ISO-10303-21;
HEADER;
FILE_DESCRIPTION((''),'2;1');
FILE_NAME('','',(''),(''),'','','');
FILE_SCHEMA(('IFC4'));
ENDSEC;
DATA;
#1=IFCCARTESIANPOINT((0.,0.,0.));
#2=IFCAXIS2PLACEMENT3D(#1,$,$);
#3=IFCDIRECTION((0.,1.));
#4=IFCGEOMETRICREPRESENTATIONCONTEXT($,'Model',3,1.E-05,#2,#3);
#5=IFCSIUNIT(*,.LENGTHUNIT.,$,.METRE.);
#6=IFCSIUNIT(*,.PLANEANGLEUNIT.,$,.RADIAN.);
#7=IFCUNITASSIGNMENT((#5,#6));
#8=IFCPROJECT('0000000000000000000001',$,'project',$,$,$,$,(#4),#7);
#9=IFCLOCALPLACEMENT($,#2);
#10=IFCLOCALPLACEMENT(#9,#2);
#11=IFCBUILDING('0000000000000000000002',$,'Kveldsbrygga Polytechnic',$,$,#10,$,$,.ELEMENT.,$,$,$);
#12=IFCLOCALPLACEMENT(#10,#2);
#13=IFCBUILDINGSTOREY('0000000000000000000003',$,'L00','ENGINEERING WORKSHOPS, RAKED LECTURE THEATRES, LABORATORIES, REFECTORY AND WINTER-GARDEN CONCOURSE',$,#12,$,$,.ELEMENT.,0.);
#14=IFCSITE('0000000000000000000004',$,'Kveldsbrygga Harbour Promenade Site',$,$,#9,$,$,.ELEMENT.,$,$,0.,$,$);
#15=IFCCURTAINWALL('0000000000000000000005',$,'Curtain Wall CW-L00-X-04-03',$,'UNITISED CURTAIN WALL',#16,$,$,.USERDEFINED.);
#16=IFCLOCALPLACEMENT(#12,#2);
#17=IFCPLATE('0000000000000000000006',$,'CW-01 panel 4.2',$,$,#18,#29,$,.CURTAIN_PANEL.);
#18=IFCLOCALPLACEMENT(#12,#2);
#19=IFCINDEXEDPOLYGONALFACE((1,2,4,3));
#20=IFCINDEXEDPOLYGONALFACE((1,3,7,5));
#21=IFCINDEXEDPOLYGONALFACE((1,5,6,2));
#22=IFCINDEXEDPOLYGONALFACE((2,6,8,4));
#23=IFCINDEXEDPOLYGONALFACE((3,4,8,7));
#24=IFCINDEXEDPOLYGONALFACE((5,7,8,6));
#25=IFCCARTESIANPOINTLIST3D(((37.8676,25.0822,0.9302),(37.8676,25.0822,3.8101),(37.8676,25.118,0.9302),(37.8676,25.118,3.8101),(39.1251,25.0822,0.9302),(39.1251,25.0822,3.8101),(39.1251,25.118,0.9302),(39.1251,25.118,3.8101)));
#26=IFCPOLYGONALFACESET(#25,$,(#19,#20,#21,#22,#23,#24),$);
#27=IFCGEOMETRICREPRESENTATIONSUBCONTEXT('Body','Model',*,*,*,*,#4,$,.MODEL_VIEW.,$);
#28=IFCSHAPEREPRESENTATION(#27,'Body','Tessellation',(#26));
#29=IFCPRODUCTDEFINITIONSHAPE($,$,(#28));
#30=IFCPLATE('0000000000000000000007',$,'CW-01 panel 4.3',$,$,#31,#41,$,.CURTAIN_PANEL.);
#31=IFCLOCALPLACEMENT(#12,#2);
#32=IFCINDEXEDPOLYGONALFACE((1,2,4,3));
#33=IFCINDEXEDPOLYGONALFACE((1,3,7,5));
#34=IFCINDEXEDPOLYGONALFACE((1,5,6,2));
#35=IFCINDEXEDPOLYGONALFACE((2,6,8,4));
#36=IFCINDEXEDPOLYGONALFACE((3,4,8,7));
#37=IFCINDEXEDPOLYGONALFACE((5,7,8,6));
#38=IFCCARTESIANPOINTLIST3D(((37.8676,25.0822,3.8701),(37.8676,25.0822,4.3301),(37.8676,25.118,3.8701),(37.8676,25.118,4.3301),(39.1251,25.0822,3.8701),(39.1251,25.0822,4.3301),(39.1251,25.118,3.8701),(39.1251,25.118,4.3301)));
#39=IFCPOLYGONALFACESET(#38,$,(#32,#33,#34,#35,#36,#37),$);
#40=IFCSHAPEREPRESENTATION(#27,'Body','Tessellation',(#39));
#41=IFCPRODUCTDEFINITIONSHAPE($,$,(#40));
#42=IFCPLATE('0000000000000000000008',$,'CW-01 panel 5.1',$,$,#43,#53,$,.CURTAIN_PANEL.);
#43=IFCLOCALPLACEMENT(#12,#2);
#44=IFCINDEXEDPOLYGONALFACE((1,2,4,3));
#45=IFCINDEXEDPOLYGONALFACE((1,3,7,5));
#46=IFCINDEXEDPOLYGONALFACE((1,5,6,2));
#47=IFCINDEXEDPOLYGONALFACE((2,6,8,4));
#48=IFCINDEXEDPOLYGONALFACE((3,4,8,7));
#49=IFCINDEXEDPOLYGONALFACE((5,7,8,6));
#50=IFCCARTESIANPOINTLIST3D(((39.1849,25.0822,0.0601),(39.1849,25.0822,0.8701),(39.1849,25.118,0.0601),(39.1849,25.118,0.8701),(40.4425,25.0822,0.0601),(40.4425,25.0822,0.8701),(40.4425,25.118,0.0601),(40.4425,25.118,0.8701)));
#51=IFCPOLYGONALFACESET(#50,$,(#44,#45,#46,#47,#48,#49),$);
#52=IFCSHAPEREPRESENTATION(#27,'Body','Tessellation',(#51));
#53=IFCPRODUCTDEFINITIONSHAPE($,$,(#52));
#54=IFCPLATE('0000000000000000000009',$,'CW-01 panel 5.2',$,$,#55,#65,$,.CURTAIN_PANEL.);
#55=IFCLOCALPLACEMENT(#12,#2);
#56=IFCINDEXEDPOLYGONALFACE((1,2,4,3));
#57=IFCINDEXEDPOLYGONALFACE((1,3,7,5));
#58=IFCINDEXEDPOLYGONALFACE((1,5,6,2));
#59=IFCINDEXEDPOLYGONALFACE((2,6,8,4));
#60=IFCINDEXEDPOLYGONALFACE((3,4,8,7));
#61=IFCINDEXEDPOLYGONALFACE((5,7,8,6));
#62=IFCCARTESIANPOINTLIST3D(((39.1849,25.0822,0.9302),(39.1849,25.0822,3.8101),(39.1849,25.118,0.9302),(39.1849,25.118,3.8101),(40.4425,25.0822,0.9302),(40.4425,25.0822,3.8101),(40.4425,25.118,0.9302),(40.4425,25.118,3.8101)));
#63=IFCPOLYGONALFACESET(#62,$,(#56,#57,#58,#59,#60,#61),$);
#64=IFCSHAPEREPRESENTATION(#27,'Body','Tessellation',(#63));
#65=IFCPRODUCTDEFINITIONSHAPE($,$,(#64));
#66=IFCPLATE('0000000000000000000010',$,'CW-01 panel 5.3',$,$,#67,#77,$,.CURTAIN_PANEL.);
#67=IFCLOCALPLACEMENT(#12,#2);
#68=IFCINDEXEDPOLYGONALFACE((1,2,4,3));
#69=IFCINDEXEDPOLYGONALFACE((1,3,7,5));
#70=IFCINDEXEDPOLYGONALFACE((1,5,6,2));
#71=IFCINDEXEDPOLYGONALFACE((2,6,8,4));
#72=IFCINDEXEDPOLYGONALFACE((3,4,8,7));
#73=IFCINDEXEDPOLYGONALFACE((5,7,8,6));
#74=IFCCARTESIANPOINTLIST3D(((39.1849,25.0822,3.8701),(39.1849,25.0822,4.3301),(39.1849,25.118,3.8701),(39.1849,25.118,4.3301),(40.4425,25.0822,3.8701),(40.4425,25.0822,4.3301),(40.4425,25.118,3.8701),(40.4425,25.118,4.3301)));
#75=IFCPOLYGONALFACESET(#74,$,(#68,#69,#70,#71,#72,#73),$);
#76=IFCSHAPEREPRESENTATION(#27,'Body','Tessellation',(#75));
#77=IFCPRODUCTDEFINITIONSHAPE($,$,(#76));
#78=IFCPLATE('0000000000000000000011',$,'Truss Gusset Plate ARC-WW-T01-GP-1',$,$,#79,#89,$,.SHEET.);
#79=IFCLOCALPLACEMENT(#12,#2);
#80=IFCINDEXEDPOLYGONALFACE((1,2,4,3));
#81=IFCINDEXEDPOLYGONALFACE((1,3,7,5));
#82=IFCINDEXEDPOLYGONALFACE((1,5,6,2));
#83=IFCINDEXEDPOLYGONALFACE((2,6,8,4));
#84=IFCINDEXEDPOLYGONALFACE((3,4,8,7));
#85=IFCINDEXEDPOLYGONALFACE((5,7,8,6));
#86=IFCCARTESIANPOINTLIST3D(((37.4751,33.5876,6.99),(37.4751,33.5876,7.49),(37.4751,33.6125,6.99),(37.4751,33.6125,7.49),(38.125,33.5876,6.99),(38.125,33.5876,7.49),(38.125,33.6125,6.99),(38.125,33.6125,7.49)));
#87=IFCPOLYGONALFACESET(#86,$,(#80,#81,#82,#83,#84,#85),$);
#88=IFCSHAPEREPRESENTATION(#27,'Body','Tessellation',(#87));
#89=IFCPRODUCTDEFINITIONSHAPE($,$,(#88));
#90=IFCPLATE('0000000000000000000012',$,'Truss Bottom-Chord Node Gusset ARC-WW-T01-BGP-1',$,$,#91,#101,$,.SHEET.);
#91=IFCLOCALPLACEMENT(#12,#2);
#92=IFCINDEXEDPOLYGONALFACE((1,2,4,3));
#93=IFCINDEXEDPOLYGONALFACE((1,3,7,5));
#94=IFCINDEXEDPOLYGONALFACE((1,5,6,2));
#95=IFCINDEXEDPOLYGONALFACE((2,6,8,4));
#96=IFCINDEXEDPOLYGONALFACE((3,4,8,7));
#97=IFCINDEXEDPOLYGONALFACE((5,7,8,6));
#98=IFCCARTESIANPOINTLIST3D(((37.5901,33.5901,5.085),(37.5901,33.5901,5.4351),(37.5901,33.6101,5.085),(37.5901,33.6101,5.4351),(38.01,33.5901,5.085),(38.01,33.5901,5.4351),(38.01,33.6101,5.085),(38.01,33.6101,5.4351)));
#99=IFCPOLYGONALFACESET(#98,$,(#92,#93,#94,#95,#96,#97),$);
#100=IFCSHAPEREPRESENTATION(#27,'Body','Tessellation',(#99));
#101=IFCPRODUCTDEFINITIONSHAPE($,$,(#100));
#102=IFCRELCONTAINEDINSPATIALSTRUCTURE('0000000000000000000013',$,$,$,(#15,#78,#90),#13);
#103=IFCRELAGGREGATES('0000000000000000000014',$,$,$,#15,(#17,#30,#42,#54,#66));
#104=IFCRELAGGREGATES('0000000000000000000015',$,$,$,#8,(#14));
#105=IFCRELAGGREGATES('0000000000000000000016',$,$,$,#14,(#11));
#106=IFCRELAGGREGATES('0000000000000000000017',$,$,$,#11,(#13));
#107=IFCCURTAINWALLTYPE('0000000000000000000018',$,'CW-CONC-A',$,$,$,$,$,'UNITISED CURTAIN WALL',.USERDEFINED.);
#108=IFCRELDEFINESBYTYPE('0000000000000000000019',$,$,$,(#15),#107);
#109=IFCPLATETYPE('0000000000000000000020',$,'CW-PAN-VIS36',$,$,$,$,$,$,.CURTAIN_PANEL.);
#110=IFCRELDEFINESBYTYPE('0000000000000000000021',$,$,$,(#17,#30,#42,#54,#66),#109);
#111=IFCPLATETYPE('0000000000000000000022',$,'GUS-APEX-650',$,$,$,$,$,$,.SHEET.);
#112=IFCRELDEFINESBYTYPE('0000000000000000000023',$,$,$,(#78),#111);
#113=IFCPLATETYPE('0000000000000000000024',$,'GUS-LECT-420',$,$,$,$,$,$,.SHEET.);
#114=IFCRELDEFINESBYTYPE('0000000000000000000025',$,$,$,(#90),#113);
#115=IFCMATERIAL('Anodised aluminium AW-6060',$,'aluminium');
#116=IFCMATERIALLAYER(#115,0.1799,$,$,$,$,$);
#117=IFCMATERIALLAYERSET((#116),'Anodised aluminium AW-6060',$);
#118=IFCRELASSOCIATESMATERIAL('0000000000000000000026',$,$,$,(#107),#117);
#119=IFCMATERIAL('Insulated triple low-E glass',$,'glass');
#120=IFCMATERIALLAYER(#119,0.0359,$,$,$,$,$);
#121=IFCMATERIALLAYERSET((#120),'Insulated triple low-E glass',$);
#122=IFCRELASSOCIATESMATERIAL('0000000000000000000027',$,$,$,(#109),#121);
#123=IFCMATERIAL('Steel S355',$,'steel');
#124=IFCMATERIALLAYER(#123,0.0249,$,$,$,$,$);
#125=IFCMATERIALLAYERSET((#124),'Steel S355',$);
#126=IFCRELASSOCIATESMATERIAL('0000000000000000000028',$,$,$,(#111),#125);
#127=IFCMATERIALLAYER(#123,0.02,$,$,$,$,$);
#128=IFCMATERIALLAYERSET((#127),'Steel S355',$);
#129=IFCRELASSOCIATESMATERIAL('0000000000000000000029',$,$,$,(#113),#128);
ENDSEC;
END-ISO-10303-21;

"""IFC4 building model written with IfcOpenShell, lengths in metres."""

from ifc_helpers import new_model, si_unit, direction, frame, origin, origin_2d, place, context, subcontext, project, spatial, rectangle, extrude, material, layer, layer_set, type_object, element, aggregate, save


model = new_model("IFC4")

# Units and contexts
model_context = context("Model", 3, precision=1e-05, world=origin(), true_north=direction((0.0, 1.0)))
body_context = subcontext(model_context, "Body", "Model", "MODEL_VIEW")
ifc_project = project(units=[si_unit("LENGTHUNIT", "METRE"), si_unit("PLANEANGLEUNIT", "RADIAN")], contexts=[model_context])

# Site, building, storey
site_placement = place(None, origin())
site = spatial("IfcSite", under=ifc_project, at=site_placement, Name="Kveldsbrygga Harbour Promenade Site", CompositionType="ELEMENT", RefElevation=0.0)
building_placement = place(site_placement, origin())
building = spatial("IfcBuilding", under=site, at=building_placement, Name="Kveldsbrygga Polytechnic", CompositionType="ELEMENT")
storey_placement = place(building_placement, origin())
storey = spatial("IfcBuildingStorey", under=building, at=storey_placement, Name="L00", Description="ENGINEERING WORKSHOPS, RAKED LECTURE THEATRES, LABORATORIES, REFECTORY AND WINTER-GARDEN CONCOURSE", CompositionType="ELEMENT", Elevation=0.0)

# Curtain wall
ifc_material_1 = material(Name="Anodised aluminium AW-6060", Category="aluminium")
ifc_layer_1 = layer(ifc_material_1, 0.1799)
ifc_layer_set_1 = layer_set([ifc_layer_1], Name="Anodised aluminium AW-6060")
curtain_wall_type = type_object("IfcCurtainWallType", Name="CW-CONC-A", ElementType="UNITISED CURTAIN WALL", PredefinedType="USERDEFINED", material=ifc_layer_set_1)
curtain_wall_placement = place(storey_placement, origin())
curtain_wall = element("IfcCurtainWall", 1, at=curtain_wall_placement, inside=storey, type_object=curtain_wall_type, Name="Curtain Wall CW-L00-X-04-03", ObjectType="UNITISED CURTAIN WALL", PredefinedType="USERDEFINED")

# Shared definitions
ifc_material_2 = material(Name="Steel S355", Category="steel")

# Plates
ifc_material_3 = material(Name="Insulated triple low-E glass", Category="glass")
ifc_layer_2 = layer(ifc_material_3, 0.0359)
ifc_layer_set_2 = layer_set([ifc_layer_2], Name="Insulated triple low-E glass")
plate_type_1 = type_object("IfcPlateType", Name="CW-PAN-VIS36", PredefinedType="CURTAIN_PANEL", material=ifc_layer_set_2)
plate_1_placement = place(storey_placement, frame((38.4963, 25.1001, 0.9302), z_axis=(0.0, 0.0, 1.0), x_axis=(1.0, 0.0, 0.0)))
plate_1 = element("IfcPlate", 2, at=plate_1_placement, type_object=plate_type_1, Name="CW-01 panel 4.2", PredefinedType="CURTAIN_PANEL", context=body_context, shape_type="SweptSolid", body=[
    extrude(rectangle(XDim=1.2576, YDim=0.0359, at=origin_2d()), origin(), (0.0, 0.0, 1.0), 2.8799),
])
plate_2_placement = place(storey_placement, frame((38.4963, 25.1001, 3.8701), z_axis=(0.0, 0.0, 1.0), x_axis=(1.0, 0.0, 0.0)))
plate_2 = element("IfcPlate", 3, at=plate_2_placement, type_object=plate_type_1, Name="CW-01 panel 4.3", PredefinedType="CURTAIN_PANEL", context=body_context, shape_type="SweptSolid", body=[
    extrude(rectangle(XDim=1.2576, YDim=0.0359, at=origin_2d()), origin(), (0.0, 0.0, 1.0), 0.46),
])
plate_3_placement = place(storey_placement, frame((39.8137, 25.1001, 0.0601), z_axis=(0.0, 0.0, 1.0), x_axis=(1.0, 0.0, 0.0)))
plate_3 = element("IfcPlate", 4, at=plate_3_placement, type_object=plate_type_1, Name="CW-01 panel 5.1", PredefinedType="CURTAIN_PANEL", context=body_context, shape_type="SweptSolid", body=[
    extrude(rectangle(XDim=1.2576, YDim=0.0359, at=origin_2d()), origin(), (0.0, 0.0, 1.0), 0.8101),
])
plate_4_placement = place(storey_placement, frame((39.8137, 25.1001, 0.9302), z_axis=(0.0, 0.0, 1.0), x_axis=(1.0, 0.0, 0.0)))
plate_4 = element("IfcPlate", 5, at=plate_4_placement, type_object=plate_type_1, Name="CW-01 panel 5.2", PredefinedType="CURTAIN_PANEL", context=body_context, shape_type="SweptSolid", body=[
    extrude(rectangle(XDim=1.2576, YDim=0.0359, at=origin_2d()), origin(), (0.0, 0.0, 1.0), 2.8799),
])
plate_5_placement = place(storey_placement, frame((39.8137, 25.1001, 3.8701), z_axis=(0.0, 0.0, 1.0), x_axis=(1.0, 0.0, 0.0)))
plate_5 = element("IfcPlate", 6, at=plate_5_placement, type_object=plate_type_1, Name="CW-01 panel 5.3", PredefinedType="CURTAIN_PANEL", context=body_context, shape_type="SweptSolid", body=[
    extrude(rectangle(XDim=1.2576, YDim=0.0359, at=origin_2d()), origin(), (0.0, 0.0, 1.0), 0.46),
])
aggregate(curtain_wall, [plate_1, plate_2, plate_3, plate_4, plate_5])

# Plates
ifc_layer_3 = layer(ifc_material_2, 0.0249)
ifc_layer_set_3 = layer_set([ifc_layer_3], Name="Steel S355")
plate_type_2 = type_object("IfcPlateType", Name="GUS-APEX-650", PredefinedType="SHEET", material=ifc_layer_set_3)
plate_6_placement = place(storey_placement, frame((37.8, 33.6001, 6.99), z_axis=(0.0, 0.0, 1.0), x_axis=(1.0, 0.0, 0.0)))
element("IfcPlate", 7, at=plate_6_placement, inside=storey, type_object=plate_type_2, Name="Truss Gusset Plate ARC-WW-T01-GP-1", PredefinedType="SHEET", context=body_context, shape_type="SweptSolid", body=[
    extrude(rectangle(XDim=0.6499, YDim=0.0249, at=origin_2d()), origin(), (0.0, 0.0, 1.0), 0.5),
])
ifc_layer_4 = layer(ifc_material_2, 0.02)
ifc_layer_set_4 = layer_set([ifc_layer_4], Name="Steel S355")
plate_type_3 = type_object("IfcPlateType", Name="GUS-LECT-420", PredefinedType="SHEET", material=ifc_layer_set_4)
plate_7_placement = place(storey_placement, frame((37.8, 33.6001, 5.085), z_axis=(0.0, 0.0, 1.0), x_axis=(1.0, 0.0, 0.0)))
element("IfcPlate", 8, at=plate_7_placement, inside=storey, type_object=plate_type_3, Name="Truss Bottom-Chord Node Gusset ARC-WW-T01-BGP-1", PredefinedType="SHEET", context=body_context, shape_type="SweptSolid", body=[
    extrude(rectangle(XDim=0.4199, YDim=0.02, at=origin_2d()), origin(), (0.0, 0.0, 1.0), 0.3501),
])

save(model, "model.ifc")
